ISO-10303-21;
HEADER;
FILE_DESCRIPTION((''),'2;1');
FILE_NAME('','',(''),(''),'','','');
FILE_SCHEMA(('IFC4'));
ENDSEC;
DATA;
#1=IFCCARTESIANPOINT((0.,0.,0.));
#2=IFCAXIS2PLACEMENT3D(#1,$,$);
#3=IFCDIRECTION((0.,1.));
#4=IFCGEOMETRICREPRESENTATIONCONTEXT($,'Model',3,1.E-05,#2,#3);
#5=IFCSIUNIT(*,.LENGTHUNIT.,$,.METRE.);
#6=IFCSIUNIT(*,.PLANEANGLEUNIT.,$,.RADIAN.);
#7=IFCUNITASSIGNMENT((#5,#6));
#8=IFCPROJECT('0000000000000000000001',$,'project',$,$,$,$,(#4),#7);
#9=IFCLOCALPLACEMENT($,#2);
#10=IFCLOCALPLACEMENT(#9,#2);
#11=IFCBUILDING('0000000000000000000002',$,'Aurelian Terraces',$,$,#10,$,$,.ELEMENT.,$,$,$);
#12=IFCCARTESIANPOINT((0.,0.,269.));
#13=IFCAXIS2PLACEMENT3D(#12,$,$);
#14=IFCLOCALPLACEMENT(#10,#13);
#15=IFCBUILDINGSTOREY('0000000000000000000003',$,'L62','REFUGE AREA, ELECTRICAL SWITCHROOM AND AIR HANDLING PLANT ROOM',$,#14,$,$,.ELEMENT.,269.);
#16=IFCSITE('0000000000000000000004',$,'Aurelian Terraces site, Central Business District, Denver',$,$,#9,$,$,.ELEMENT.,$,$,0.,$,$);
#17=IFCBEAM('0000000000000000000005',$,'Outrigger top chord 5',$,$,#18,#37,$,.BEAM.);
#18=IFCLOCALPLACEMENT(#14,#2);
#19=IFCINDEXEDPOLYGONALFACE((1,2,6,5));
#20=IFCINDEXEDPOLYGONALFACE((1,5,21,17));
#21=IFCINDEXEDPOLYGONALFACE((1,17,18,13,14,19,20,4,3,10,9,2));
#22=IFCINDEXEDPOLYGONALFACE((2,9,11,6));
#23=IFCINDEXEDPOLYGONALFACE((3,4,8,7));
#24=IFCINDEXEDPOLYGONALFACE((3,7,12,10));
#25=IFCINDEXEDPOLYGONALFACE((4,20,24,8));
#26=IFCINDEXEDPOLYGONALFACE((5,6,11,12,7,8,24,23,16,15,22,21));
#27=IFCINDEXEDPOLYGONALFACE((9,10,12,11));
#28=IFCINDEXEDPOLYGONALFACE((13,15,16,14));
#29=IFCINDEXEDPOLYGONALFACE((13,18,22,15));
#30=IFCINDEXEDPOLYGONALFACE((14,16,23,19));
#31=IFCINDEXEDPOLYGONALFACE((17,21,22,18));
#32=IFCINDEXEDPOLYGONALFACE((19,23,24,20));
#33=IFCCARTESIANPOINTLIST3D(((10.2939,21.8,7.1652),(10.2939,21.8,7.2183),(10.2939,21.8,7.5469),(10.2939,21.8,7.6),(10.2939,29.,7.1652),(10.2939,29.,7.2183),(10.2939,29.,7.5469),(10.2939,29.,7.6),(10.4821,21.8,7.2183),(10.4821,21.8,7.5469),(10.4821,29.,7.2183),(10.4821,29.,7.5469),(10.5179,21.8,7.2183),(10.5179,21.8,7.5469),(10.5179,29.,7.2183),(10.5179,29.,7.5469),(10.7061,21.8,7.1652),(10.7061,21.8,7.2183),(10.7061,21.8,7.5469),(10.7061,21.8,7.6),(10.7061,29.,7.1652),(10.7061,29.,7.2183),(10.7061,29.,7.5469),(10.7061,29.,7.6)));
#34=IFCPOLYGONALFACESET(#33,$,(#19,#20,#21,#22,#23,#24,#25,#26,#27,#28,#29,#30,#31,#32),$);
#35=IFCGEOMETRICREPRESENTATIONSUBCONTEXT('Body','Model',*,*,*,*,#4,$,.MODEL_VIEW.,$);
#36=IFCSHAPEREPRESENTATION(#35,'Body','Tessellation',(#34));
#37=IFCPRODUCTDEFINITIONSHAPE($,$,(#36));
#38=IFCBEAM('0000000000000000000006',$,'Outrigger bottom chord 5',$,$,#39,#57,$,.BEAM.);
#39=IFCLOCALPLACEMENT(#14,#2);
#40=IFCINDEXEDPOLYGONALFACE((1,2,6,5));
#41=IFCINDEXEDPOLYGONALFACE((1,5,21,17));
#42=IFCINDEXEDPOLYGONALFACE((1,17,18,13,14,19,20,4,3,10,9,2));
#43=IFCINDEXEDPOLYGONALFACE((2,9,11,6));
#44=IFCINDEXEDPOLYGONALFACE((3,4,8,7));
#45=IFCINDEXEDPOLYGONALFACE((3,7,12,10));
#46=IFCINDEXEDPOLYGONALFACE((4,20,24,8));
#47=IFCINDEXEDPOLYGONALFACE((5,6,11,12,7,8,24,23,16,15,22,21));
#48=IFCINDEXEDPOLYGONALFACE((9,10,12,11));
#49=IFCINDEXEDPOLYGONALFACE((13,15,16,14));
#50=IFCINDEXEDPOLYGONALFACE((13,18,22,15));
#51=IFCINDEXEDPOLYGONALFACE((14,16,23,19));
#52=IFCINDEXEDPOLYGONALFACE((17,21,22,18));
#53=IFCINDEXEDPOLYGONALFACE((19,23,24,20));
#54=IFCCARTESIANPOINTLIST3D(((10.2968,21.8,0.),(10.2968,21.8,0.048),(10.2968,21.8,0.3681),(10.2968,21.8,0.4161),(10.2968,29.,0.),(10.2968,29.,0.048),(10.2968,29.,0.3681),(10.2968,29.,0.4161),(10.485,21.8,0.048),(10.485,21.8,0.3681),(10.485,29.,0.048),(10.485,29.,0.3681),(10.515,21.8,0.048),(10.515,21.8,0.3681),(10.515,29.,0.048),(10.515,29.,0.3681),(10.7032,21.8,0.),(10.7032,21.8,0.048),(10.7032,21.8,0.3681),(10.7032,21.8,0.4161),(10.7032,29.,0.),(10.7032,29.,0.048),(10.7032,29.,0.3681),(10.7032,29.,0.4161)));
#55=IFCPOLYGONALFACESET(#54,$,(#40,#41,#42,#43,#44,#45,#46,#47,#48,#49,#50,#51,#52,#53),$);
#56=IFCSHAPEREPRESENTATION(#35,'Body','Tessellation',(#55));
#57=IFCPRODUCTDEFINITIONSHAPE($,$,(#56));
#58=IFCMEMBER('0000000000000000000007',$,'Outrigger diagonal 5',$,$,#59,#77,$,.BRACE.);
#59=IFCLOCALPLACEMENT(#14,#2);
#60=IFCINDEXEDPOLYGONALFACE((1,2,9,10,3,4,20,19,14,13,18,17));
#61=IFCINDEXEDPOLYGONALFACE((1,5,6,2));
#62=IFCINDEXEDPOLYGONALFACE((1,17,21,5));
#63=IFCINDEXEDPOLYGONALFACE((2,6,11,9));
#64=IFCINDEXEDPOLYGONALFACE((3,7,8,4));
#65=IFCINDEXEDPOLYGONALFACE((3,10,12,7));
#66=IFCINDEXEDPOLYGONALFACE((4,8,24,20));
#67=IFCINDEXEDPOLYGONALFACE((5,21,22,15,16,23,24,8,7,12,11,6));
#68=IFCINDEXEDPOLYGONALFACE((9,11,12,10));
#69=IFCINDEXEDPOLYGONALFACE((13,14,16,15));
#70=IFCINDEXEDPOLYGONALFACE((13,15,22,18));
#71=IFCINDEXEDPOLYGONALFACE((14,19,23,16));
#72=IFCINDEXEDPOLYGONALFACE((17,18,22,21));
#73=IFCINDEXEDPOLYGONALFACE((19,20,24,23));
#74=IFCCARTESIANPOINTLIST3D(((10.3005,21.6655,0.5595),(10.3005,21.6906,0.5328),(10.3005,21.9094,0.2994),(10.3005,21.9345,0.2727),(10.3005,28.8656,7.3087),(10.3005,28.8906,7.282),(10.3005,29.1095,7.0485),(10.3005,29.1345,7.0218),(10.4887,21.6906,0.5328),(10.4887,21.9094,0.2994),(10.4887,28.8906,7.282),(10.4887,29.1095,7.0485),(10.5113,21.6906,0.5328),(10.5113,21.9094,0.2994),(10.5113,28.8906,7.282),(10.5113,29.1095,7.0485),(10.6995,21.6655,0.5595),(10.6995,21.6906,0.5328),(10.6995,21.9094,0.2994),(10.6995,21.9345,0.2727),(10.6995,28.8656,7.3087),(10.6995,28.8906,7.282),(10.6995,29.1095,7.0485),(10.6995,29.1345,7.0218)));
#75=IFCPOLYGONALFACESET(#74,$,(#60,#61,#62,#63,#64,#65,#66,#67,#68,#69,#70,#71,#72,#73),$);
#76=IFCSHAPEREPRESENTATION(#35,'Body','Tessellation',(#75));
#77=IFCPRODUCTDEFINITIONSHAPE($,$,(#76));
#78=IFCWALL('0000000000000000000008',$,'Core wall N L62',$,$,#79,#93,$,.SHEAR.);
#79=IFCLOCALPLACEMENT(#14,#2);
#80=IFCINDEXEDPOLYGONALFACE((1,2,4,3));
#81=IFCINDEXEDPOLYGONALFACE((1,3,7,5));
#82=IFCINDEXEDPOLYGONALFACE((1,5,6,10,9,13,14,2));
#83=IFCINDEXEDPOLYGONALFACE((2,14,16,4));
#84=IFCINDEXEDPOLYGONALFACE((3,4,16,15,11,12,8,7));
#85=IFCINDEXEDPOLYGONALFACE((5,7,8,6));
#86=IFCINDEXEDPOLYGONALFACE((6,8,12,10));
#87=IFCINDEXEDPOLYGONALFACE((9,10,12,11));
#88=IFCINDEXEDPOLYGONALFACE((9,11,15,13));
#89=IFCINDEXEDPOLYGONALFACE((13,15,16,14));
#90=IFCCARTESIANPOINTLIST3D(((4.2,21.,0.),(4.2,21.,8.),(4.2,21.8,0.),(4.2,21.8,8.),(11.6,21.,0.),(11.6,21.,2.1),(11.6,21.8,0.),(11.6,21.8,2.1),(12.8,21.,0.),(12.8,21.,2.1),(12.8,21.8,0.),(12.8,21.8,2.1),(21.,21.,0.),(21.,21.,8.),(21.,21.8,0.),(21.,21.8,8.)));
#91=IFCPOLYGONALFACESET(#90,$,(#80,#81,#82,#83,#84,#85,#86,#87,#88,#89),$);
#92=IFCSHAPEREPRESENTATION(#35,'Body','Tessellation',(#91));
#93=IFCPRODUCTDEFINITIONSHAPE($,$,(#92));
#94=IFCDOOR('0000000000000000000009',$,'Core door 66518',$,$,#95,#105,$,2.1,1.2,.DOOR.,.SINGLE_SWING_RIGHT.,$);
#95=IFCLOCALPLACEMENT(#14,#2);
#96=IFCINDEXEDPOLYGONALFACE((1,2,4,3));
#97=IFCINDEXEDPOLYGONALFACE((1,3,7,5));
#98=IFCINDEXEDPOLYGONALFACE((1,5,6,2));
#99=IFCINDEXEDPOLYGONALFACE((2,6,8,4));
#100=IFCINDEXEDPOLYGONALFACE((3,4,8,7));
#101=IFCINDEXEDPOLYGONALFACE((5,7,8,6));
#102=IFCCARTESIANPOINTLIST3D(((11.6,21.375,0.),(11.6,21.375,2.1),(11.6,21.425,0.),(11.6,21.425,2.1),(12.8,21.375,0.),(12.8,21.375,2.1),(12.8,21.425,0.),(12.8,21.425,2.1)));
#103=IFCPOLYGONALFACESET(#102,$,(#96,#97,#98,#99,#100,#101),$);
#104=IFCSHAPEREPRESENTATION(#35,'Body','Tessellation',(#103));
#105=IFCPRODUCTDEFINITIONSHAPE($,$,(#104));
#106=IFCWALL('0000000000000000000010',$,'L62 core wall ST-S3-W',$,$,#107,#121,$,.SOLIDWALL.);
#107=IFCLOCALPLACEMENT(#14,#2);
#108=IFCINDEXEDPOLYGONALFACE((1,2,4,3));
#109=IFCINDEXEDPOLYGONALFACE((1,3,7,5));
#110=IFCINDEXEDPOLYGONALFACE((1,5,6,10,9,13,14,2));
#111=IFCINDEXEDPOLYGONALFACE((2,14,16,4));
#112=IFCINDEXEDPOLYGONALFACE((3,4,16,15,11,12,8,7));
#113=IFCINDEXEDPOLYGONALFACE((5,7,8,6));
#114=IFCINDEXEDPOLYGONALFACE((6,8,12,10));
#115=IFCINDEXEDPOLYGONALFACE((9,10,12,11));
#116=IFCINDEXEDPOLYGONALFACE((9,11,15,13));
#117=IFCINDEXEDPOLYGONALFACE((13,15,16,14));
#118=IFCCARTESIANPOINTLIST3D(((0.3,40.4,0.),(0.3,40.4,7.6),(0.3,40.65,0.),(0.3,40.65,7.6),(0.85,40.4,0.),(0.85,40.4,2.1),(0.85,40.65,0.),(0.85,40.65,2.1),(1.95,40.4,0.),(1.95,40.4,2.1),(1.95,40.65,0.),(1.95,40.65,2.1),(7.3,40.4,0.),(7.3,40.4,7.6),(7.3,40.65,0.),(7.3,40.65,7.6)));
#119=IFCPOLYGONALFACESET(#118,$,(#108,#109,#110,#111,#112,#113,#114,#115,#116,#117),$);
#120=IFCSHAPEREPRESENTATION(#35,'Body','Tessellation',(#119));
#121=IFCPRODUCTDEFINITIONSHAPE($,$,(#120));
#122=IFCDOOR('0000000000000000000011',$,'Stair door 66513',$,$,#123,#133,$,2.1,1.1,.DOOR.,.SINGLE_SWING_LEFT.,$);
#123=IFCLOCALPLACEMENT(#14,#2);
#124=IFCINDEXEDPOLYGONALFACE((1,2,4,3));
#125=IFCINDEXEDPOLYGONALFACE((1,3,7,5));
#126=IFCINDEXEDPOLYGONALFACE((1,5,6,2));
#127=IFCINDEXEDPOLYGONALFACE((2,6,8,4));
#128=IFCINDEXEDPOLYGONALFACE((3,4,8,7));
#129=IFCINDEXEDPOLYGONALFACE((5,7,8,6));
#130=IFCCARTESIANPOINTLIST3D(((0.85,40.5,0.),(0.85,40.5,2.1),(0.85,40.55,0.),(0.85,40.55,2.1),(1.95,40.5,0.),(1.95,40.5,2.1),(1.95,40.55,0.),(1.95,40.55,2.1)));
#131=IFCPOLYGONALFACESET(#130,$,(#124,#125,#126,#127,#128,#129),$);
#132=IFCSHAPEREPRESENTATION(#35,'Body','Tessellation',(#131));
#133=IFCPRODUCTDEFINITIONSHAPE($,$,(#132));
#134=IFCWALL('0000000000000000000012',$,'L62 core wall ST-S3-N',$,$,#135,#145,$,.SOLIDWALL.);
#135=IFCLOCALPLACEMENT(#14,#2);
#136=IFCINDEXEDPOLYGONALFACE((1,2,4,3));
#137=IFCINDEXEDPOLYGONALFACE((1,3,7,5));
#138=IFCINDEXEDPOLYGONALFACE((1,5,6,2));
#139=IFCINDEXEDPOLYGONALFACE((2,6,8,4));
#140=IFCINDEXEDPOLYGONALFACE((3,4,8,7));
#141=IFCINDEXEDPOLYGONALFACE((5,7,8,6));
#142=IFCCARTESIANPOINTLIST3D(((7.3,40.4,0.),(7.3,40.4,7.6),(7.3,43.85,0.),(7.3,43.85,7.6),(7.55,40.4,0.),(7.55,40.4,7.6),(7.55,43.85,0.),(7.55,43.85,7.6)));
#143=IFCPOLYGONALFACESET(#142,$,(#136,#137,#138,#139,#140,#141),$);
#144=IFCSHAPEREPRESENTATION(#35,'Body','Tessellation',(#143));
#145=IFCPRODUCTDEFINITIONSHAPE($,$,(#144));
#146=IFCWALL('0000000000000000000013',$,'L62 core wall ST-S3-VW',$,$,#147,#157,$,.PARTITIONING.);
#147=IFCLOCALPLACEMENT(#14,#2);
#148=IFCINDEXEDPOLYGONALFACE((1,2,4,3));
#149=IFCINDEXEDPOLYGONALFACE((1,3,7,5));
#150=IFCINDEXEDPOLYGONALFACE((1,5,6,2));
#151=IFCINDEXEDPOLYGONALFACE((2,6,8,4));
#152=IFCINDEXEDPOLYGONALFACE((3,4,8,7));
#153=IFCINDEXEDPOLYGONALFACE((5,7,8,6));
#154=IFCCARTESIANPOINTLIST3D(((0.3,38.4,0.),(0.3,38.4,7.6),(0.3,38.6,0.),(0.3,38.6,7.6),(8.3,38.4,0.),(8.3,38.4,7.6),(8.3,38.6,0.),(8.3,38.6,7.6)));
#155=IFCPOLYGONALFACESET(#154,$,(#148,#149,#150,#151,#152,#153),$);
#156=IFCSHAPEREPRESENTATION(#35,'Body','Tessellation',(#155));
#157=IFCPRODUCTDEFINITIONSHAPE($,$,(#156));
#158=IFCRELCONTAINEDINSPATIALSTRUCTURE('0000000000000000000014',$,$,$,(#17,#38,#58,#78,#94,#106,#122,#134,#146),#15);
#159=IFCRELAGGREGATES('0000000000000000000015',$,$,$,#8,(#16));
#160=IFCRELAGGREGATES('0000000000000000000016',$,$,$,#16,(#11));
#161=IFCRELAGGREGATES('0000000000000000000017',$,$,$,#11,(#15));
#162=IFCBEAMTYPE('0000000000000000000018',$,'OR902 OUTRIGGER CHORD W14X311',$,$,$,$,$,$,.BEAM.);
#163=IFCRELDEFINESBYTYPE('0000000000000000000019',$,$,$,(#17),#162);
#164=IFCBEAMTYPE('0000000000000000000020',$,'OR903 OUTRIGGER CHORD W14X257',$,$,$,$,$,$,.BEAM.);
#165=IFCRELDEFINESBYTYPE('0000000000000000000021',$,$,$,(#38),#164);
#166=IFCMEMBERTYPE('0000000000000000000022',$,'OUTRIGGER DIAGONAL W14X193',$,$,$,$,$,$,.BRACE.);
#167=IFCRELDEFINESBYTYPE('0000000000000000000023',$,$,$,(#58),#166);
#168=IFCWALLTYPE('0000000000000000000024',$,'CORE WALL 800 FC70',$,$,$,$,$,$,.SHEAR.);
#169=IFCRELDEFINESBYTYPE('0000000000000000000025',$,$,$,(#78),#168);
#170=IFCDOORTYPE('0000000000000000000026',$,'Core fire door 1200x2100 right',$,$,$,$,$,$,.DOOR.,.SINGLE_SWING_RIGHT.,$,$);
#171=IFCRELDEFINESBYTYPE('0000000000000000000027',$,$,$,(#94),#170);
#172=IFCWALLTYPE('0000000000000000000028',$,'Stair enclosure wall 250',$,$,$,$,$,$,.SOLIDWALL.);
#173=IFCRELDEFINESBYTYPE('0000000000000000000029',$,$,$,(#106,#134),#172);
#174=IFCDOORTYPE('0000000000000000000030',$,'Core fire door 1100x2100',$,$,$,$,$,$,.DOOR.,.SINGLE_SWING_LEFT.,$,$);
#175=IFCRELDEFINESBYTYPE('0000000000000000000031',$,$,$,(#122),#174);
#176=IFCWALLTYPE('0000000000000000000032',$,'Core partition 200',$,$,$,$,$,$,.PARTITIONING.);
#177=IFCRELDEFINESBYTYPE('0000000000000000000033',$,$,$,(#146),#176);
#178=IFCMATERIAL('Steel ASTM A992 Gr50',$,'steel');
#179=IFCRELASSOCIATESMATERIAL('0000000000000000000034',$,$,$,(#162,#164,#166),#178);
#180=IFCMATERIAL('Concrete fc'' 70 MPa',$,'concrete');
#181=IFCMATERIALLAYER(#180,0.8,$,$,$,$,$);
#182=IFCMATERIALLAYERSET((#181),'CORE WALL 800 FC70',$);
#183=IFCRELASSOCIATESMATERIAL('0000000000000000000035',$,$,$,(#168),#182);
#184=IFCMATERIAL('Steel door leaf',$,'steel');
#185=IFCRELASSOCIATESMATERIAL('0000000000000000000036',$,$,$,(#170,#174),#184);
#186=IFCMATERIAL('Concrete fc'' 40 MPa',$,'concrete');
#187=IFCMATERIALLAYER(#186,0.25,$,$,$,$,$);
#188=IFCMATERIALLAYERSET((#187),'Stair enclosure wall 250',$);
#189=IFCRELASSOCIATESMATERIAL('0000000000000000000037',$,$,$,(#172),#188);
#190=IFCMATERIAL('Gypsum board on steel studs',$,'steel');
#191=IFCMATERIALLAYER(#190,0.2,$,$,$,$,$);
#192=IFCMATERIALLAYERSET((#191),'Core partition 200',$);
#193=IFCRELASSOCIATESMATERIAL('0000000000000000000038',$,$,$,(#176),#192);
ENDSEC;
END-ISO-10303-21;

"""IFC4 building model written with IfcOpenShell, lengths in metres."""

from ifc_helpers import new_model, si_unit, direction, frame, frame_2d, origin, origin_2d, place, context, subcontext, project, spatial, rectangle, i_section, extrude, source, transform, mapped, material, layer, layer_set, material_profile, profile_set, type_object, element, fill, save


model = new_model("IFC4")

# Units and contexts
model_context = context("Model", 3, precision=1e-05, world=origin(), true_north=direction((0.0, 1.0)))
body_context = subcontext(model_context, "Body", "Model", "MODEL_VIEW")
ifc_project = project(units=[si_unit("LENGTHUNIT", "METRE"), si_unit("PLANEANGLEUNIT", "RADIAN")], contexts=[model_context])

# Site, building, storey
site_placement = place(None, origin())
site = spatial("IfcSite", under=ifc_project, at=site_placement, Name="Aurelian Terraces site, Central Business District, Denver", CompositionType="ELEMENT", RefElevation=0.0)
building_placement = place(site_placement, origin())
building = spatial("IfcBuilding", under=site, at=building_placement, Name="Aurelian Terraces", CompositionType="ELEMENT")
storey_placement = place(building_placement, frame((0.0, 0.0, 269.0)))
storey = spatial("IfcBuildingStorey", under=building, at=storey_placement, Name="L62", Description="REFUGE AREA, ELECTRICAL SWITCHROOM AND AIR HANDLING PLANT ROOM", CompositionType="ELEMENT", Elevation=269.0)

# Shared definitions
ifc_material_1 = material(Name="Concrete fc' 70 MPa", Category="concrete")

# Shared definitions
ifc_material_2 = material(Name="Concrete fc' 40 MPa", Category="concrete")
ifc_material_3 = material(Name="Steel ASTM A992 Gr50", Category="steel")
ifc_material_profile_1 = material_profile(ifc_material_3, i_section(OverallWidth=0.4122, OverallDepth=0.4348, WebThickness=0.0358, FlangeThickness=0.0531, at=origin_2d()))
ifc_profile_set_1 = profile_set([ifc_material_profile_1], Name="Steel ASTM A992 Gr50")
beam_type_1 = type_object("IfcBeamType", Name="OR902 OUTRIGGER CHORD W14X311", PredefinedType="BEAM", material=ifc_profile_set_1)
ifc_material_profile_2 = material_profile(ifc_material_3, i_section(OverallWidth=0.4063, OverallDepth=0.4161, WebThickness=0.03, FlangeThickness=0.048, at=origin_2d()))
ifc_profile_set_2 = profile_set([ifc_material_profile_2], Name="Steel ASTM A992 Gr50")
beam_type_2 = type_object("IfcBeamType", Name="OR903 OUTRIGGER CHORD W14X257", PredefinedType="BEAM", material=ifc_profile_set_2)

# Shared definitions
ifc_material_profile_3 = material_profile(ifc_material_3, i_section(OverallWidth=0.399, OverallDepth=0.3932, WebThickness=0.0226, FlangeThickness=0.0366, at=origin_2d()))
ifc_profile_set_3 = profile_set([ifc_material_profile_3], Name="Steel ASTM A992 Gr50")
member_type = type_object("IfcMemberType", Name="OUTRIGGER DIAGONAL W14X193", PredefinedType="BRACE", material=ifc_profile_set_3)

# Beams
shared_shape_1 = source(origin(), body_context, "Body", "SweptSolid", [
    extrude(i_section(OverallWidth=0.4122, OverallDepth=0.4348, WebThickness=0.0358, FlangeThickness=0.0531, at=origin_2d()), origin(), (0.0, 0.0, 1.0), 7.2),
])
beam_1_placement = place(storey_placement, frame((10.5, 21.8, 7.3826), z_axis=(0.0, 1.0, 0.0), x_axis=(-1.0, 0.0, 0.0)))
element("IfcBeam", 1, at=beam_1_placement, inside=storey, type_object=beam_type_1, Name="Outrigger top chord 5", PredefinedType="BEAM", context=body_context, shape_type="MappedRepresentation", body=[
    mapped(shared_shape_1, transform((0.0, 0.0, 0.0), scale=1.0)),
])
shared_shape_2 = source(origin(), body_context, "Body", "SweptSolid", [
    extrude(i_section(OverallWidth=0.4063, OverallDepth=0.4161, WebThickness=0.03, FlangeThickness=0.048, at=origin_2d()), origin(), (0.0, 0.0, 1.0), 7.2),
])
beam_2_placement = place(storey_placement, frame((10.5, 21.8, 0.208), z_axis=(0.0, 1.0, 0.0), x_axis=(-1.0, 0.0, 0.0)))
element("IfcBeam", 2, at=beam_2_placement, inside=storey, type_object=beam_type_2, Name="Outrigger bottom chord 5", PredefinedType="BEAM", context=body_context, shape_type="MappedRepresentation", body=[
    mapped(shared_shape_2, transform((0.0, 0.0, 0.0), scale=1.0)),
])

# Member
shared_shape_3 = source(origin(), body_context, "Body", "SweptSolid", [
    extrude(i_section(OverallWidth=0.399, OverallDepth=0.3932, WebThickness=0.0226, FlangeThickness=0.0366, at=origin_2d()), origin(), (0.0, 0.0, 1.0), 9.8687),
])
member_placement = place(storey_placement, frame((10.5, 21.8, 0.4161), z_axis=(0.0, 0.729583, 0.683893), x_axis=(-1.0, 0.0, 0.0)))
element("IfcMember", 3, at=member_placement, inside=storey, type_object=member_type, Name="Outrigger diagonal 5", PredefinedType="BRACE", context=body_context, shape_type="MappedRepresentation", body=[
    mapped(shared_shape_3, transform((0.0, 0.0, 0.0), scale=1.0)),
])

# Walls, openings, doors
ifc_layer_1 = layer(ifc_material_1, 0.8)
ifc_layer_set_1 = layer_set([ifc_layer_1], Name="CORE WALL 800 FC70")
wall_type_1 = type_object("IfcWallType", Name="CORE WALL 800 FC70", PredefinedType="SHEAR", material=ifc_layer_set_1)
shared_shape_4 = source(origin(), body_context, "Body", "SweptSolid", [
    extrude(rectangle(XDim=16.8, YDim=0.8, at=frame_2d((8.4, 0.0))), origin(), (0.0, 0.0, 1.0), 8.0),
])
wall_1_placement = place(storey_placement, frame((4.2, 21.4, 0.0), z_axis=(0.0, 0.0, 1.0), x_axis=(1.0, 0.0, 0.0)))
wall_1 = element("IfcWall", 4, at=wall_1_placement, inside=storey, type_object=wall_type_1, Name="Core wall N L62", PredefinedType="SHEAR", context=body_context, shape_type="MappedRepresentation", body=[
    mapped(shared_shape_4, transform((0.0, 0.0, 0.0), scale=1.0)),
])
shared_shape_5 = source(origin(), body_context, "Body", "SweptSolid", [
    extrude(rectangle(XDim=1.2, YDim=2.1, at=frame_2d((0.6, 1.05))), frame((0.0, 0.41, 0.0), z_axis=(0.0, -1.0, 0.0), x_axis=(1.0, 0.0, 0.0)), (0.0, 0.0, 1.0), 0.82),
])
opening_1_placement = place(wall_1_placement, frame((7.4, 0.0, 0.0)))
opening_1 = element("IfcOpeningElement", 5, at=opening_1_placement, cuts=wall_1, PredefinedType="OPENING", context=body_context, shape_type="MappedRepresentation", body=[
    mapped(shared_shape_5, transform((0.0, 0.0, 0.0), scale=1.0)),
])
ifc_material_4 = material(Name="Steel door leaf", Category="steel")
door_type_1 = type_object("IfcDoorType", Name="Core fire door 1200x2100 right", OperationType="SINGLE_SWING_RIGHT", PredefinedType="DOOR", material=ifc_material_4)
shared_shape_6 = source(origin(), body_context, "Body", "SweptSolid", [
    extrude(rectangle(XDim=1.2, YDim=2.1, at=frame_2d((0.6, 1.05))), frame((0.0, 0.025, 0.0), z_axis=(0.0, -1.0, 0.0), x_axis=(1.0, 0.0, 0.0)), (0.0, 0.0, 1.0), 0.05),
])
door_1_placement = place(opening_1_placement, origin())
door_1 = element("IfcDoor", 6, at=door_1_placement, inside=storey, type_object=door_type_1, Name="Core door 66518", OperationType="SINGLE_SWING_RIGHT", OverallHeight=2.1, OverallWidth=1.2, PredefinedType="DOOR", context=body_context, shape_type="MappedRepresentation", body=[
    mapped(shared_shape_6, transform((0.0, 0.0, 0.0), scale=1.0)),
])
fill(opening_1, door_1)
ifc_layer_2 = layer(ifc_material_2, 0.25)
ifc_layer_set_2 = layer_set([ifc_layer_2], Name="Stair enclosure wall 250")
wall_type_2 = type_object("IfcWallType", Name="Stair enclosure wall 250", PredefinedType="SOLIDWALL", material=ifc_layer_set_2)
shared_shape_7 = source(origin(), body_context, "Body", "SweptSolid", [
    extrude(rectangle(XDim=7.0, YDim=0.25, at=frame_2d((3.5, 0.0))), origin(), (0.0, 0.0, 1.0), 7.6),
])
wall_2_placement = place(storey_placement, frame((0.3, 40.525, 0.0), z_axis=(0.0, 0.0, 1.0), x_axis=(1.0, 0.0, 0.0)))
wall_2 = element("IfcWall", 7, at=wall_2_placement, inside=storey, type_object=wall_type_2, Name="L62 core wall ST-S3-W", PredefinedType="SOLIDWALL", context=body_context, shape_type="MappedRepresentation", body=[
    mapped(shared_shape_7, transform((0.0, 0.0, 0.0), scale=1.0)),
])
shared_shape_8 = source(origin(), body_context, "Body", "SweptSolid", [
    extrude(rectangle(XDim=1.1, YDim=2.1, at=frame_2d((0.55, 1.05))), frame((0.0, 0.135, 0.0), z_axis=(0.0, -1.0, 0.0), x_axis=(1.0, 0.0, 0.0)), (0.0, 0.0, 1.0), 0.27),
])
opening_2_placement = place(wall_2_placement, frame((0.55, 0.0, 0.0)))
opening_2 = element("IfcOpeningElement", 8, at=opening_2_placement, cuts=wall_2, PredefinedType="OPENING", context=body_context, shape_type="MappedRepresentation", body=[
    mapped(shared_shape_8, transform((0.0, 0.0, 0.0), scale=1.0)),
])
door_type_2 = type_object("IfcDoorType", Name="Core fire door 1100x2100", OperationType="SINGLE_SWING_LEFT", PredefinedType="DOOR", material=ifc_material_4)
shared_shape_9 = source(origin(), body_context, "Body", "SweptSolid", [
    extrude(rectangle(XDim=1.1, YDim=2.1, at=frame_2d((0.55, 1.05))), frame((0.0, 0.025, 0.0), z_axis=(0.0, -1.0, 0.0), x_axis=(1.0, 0.0, 0.0)), (0.0, 0.0, 1.0), 0.05),
])
door_2_placement = place(opening_2_placement, origin())
door_2 = element("IfcDoor", 9, at=door_2_placement, inside=storey, type_object=door_type_2, Name="Stair door 66513", OperationType="SINGLE_SWING_LEFT", OverallHeight=2.1, OverallWidth=1.1, PredefinedType="DOOR", context=body_context, shape_type="MappedRepresentation", body=[
    mapped(shared_shape_9, transform((0.0, 0.0, 0.0), scale=1.0)),
])
fill(opening_2, door_2)

# Walls
shared_shape_10 = source(origin(), body_context, "Body", "SweptSolid", [
    extrude(rectangle(XDim=3.45, YDim=0.25, at=frame_2d((1.725, 0.0))), origin(), (0.0, 0.0, 1.0), 7.6),
])
wall_3_placement = place(storey_placement, frame((7.425, 40.4, 0.0), z_axis=(0.0, 0.0, 1.0), x_axis=(0.0, 1.0, 0.0)))
element("IfcWall", 10, at=wall_3_placement, inside=storey, type_object=wall_type_2, Name="L62 core wall ST-S3-N", PredefinedType="SOLIDWALL", context=body_context, shape_type="MappedRepresentation", body=[
    mapped(shared_shape_10, transform((0.0, 0.0, 0.0), scale=1.0)),
])
ifc_material_5 = material(Name="Gypsum board on steel studs", Category="steel")
ifc_layer_3 = layer(ifc_material_5, 0.2)
ifc_layer_set_3 = layer_set([ifc_layer_3], Name="Core partition 200")
wall_type_3 = type_object("IfcWallType", Name="Core partition 200", PredefinedType="PARTITIONING", material=ifc_layer_set_3)
shared_shape_11 = source(origin(), body_context, "Body", "SweptSolid", [
    extrude(rectangle(XDim=8.0, YDim=0.2, at=frame_2d((4.0, 0.0))), origin(), (0.0, 0.0, 1.0), 7.6),
])
wall_4_placement = place(storey_placement, frame((0.3, 38.5, 0.0), z_axis=(0.0, 0.0, 1.0), x_axis=(1.0, 0.0, 0.0)))
element("IfcWall", 11, at=wall_4_placement, inside=storey, type_object=wall_type_3, Name="L62 core wall ST-S3-VW", PredefinedType="PARTITIONING", context=body_context, shape_type="MappedRepresentation", body=[
    mapped(shared_shape_11, transform((0.0, 0.0, 0.0), scale=1.0)),
])

save(model, "model.ifc")
